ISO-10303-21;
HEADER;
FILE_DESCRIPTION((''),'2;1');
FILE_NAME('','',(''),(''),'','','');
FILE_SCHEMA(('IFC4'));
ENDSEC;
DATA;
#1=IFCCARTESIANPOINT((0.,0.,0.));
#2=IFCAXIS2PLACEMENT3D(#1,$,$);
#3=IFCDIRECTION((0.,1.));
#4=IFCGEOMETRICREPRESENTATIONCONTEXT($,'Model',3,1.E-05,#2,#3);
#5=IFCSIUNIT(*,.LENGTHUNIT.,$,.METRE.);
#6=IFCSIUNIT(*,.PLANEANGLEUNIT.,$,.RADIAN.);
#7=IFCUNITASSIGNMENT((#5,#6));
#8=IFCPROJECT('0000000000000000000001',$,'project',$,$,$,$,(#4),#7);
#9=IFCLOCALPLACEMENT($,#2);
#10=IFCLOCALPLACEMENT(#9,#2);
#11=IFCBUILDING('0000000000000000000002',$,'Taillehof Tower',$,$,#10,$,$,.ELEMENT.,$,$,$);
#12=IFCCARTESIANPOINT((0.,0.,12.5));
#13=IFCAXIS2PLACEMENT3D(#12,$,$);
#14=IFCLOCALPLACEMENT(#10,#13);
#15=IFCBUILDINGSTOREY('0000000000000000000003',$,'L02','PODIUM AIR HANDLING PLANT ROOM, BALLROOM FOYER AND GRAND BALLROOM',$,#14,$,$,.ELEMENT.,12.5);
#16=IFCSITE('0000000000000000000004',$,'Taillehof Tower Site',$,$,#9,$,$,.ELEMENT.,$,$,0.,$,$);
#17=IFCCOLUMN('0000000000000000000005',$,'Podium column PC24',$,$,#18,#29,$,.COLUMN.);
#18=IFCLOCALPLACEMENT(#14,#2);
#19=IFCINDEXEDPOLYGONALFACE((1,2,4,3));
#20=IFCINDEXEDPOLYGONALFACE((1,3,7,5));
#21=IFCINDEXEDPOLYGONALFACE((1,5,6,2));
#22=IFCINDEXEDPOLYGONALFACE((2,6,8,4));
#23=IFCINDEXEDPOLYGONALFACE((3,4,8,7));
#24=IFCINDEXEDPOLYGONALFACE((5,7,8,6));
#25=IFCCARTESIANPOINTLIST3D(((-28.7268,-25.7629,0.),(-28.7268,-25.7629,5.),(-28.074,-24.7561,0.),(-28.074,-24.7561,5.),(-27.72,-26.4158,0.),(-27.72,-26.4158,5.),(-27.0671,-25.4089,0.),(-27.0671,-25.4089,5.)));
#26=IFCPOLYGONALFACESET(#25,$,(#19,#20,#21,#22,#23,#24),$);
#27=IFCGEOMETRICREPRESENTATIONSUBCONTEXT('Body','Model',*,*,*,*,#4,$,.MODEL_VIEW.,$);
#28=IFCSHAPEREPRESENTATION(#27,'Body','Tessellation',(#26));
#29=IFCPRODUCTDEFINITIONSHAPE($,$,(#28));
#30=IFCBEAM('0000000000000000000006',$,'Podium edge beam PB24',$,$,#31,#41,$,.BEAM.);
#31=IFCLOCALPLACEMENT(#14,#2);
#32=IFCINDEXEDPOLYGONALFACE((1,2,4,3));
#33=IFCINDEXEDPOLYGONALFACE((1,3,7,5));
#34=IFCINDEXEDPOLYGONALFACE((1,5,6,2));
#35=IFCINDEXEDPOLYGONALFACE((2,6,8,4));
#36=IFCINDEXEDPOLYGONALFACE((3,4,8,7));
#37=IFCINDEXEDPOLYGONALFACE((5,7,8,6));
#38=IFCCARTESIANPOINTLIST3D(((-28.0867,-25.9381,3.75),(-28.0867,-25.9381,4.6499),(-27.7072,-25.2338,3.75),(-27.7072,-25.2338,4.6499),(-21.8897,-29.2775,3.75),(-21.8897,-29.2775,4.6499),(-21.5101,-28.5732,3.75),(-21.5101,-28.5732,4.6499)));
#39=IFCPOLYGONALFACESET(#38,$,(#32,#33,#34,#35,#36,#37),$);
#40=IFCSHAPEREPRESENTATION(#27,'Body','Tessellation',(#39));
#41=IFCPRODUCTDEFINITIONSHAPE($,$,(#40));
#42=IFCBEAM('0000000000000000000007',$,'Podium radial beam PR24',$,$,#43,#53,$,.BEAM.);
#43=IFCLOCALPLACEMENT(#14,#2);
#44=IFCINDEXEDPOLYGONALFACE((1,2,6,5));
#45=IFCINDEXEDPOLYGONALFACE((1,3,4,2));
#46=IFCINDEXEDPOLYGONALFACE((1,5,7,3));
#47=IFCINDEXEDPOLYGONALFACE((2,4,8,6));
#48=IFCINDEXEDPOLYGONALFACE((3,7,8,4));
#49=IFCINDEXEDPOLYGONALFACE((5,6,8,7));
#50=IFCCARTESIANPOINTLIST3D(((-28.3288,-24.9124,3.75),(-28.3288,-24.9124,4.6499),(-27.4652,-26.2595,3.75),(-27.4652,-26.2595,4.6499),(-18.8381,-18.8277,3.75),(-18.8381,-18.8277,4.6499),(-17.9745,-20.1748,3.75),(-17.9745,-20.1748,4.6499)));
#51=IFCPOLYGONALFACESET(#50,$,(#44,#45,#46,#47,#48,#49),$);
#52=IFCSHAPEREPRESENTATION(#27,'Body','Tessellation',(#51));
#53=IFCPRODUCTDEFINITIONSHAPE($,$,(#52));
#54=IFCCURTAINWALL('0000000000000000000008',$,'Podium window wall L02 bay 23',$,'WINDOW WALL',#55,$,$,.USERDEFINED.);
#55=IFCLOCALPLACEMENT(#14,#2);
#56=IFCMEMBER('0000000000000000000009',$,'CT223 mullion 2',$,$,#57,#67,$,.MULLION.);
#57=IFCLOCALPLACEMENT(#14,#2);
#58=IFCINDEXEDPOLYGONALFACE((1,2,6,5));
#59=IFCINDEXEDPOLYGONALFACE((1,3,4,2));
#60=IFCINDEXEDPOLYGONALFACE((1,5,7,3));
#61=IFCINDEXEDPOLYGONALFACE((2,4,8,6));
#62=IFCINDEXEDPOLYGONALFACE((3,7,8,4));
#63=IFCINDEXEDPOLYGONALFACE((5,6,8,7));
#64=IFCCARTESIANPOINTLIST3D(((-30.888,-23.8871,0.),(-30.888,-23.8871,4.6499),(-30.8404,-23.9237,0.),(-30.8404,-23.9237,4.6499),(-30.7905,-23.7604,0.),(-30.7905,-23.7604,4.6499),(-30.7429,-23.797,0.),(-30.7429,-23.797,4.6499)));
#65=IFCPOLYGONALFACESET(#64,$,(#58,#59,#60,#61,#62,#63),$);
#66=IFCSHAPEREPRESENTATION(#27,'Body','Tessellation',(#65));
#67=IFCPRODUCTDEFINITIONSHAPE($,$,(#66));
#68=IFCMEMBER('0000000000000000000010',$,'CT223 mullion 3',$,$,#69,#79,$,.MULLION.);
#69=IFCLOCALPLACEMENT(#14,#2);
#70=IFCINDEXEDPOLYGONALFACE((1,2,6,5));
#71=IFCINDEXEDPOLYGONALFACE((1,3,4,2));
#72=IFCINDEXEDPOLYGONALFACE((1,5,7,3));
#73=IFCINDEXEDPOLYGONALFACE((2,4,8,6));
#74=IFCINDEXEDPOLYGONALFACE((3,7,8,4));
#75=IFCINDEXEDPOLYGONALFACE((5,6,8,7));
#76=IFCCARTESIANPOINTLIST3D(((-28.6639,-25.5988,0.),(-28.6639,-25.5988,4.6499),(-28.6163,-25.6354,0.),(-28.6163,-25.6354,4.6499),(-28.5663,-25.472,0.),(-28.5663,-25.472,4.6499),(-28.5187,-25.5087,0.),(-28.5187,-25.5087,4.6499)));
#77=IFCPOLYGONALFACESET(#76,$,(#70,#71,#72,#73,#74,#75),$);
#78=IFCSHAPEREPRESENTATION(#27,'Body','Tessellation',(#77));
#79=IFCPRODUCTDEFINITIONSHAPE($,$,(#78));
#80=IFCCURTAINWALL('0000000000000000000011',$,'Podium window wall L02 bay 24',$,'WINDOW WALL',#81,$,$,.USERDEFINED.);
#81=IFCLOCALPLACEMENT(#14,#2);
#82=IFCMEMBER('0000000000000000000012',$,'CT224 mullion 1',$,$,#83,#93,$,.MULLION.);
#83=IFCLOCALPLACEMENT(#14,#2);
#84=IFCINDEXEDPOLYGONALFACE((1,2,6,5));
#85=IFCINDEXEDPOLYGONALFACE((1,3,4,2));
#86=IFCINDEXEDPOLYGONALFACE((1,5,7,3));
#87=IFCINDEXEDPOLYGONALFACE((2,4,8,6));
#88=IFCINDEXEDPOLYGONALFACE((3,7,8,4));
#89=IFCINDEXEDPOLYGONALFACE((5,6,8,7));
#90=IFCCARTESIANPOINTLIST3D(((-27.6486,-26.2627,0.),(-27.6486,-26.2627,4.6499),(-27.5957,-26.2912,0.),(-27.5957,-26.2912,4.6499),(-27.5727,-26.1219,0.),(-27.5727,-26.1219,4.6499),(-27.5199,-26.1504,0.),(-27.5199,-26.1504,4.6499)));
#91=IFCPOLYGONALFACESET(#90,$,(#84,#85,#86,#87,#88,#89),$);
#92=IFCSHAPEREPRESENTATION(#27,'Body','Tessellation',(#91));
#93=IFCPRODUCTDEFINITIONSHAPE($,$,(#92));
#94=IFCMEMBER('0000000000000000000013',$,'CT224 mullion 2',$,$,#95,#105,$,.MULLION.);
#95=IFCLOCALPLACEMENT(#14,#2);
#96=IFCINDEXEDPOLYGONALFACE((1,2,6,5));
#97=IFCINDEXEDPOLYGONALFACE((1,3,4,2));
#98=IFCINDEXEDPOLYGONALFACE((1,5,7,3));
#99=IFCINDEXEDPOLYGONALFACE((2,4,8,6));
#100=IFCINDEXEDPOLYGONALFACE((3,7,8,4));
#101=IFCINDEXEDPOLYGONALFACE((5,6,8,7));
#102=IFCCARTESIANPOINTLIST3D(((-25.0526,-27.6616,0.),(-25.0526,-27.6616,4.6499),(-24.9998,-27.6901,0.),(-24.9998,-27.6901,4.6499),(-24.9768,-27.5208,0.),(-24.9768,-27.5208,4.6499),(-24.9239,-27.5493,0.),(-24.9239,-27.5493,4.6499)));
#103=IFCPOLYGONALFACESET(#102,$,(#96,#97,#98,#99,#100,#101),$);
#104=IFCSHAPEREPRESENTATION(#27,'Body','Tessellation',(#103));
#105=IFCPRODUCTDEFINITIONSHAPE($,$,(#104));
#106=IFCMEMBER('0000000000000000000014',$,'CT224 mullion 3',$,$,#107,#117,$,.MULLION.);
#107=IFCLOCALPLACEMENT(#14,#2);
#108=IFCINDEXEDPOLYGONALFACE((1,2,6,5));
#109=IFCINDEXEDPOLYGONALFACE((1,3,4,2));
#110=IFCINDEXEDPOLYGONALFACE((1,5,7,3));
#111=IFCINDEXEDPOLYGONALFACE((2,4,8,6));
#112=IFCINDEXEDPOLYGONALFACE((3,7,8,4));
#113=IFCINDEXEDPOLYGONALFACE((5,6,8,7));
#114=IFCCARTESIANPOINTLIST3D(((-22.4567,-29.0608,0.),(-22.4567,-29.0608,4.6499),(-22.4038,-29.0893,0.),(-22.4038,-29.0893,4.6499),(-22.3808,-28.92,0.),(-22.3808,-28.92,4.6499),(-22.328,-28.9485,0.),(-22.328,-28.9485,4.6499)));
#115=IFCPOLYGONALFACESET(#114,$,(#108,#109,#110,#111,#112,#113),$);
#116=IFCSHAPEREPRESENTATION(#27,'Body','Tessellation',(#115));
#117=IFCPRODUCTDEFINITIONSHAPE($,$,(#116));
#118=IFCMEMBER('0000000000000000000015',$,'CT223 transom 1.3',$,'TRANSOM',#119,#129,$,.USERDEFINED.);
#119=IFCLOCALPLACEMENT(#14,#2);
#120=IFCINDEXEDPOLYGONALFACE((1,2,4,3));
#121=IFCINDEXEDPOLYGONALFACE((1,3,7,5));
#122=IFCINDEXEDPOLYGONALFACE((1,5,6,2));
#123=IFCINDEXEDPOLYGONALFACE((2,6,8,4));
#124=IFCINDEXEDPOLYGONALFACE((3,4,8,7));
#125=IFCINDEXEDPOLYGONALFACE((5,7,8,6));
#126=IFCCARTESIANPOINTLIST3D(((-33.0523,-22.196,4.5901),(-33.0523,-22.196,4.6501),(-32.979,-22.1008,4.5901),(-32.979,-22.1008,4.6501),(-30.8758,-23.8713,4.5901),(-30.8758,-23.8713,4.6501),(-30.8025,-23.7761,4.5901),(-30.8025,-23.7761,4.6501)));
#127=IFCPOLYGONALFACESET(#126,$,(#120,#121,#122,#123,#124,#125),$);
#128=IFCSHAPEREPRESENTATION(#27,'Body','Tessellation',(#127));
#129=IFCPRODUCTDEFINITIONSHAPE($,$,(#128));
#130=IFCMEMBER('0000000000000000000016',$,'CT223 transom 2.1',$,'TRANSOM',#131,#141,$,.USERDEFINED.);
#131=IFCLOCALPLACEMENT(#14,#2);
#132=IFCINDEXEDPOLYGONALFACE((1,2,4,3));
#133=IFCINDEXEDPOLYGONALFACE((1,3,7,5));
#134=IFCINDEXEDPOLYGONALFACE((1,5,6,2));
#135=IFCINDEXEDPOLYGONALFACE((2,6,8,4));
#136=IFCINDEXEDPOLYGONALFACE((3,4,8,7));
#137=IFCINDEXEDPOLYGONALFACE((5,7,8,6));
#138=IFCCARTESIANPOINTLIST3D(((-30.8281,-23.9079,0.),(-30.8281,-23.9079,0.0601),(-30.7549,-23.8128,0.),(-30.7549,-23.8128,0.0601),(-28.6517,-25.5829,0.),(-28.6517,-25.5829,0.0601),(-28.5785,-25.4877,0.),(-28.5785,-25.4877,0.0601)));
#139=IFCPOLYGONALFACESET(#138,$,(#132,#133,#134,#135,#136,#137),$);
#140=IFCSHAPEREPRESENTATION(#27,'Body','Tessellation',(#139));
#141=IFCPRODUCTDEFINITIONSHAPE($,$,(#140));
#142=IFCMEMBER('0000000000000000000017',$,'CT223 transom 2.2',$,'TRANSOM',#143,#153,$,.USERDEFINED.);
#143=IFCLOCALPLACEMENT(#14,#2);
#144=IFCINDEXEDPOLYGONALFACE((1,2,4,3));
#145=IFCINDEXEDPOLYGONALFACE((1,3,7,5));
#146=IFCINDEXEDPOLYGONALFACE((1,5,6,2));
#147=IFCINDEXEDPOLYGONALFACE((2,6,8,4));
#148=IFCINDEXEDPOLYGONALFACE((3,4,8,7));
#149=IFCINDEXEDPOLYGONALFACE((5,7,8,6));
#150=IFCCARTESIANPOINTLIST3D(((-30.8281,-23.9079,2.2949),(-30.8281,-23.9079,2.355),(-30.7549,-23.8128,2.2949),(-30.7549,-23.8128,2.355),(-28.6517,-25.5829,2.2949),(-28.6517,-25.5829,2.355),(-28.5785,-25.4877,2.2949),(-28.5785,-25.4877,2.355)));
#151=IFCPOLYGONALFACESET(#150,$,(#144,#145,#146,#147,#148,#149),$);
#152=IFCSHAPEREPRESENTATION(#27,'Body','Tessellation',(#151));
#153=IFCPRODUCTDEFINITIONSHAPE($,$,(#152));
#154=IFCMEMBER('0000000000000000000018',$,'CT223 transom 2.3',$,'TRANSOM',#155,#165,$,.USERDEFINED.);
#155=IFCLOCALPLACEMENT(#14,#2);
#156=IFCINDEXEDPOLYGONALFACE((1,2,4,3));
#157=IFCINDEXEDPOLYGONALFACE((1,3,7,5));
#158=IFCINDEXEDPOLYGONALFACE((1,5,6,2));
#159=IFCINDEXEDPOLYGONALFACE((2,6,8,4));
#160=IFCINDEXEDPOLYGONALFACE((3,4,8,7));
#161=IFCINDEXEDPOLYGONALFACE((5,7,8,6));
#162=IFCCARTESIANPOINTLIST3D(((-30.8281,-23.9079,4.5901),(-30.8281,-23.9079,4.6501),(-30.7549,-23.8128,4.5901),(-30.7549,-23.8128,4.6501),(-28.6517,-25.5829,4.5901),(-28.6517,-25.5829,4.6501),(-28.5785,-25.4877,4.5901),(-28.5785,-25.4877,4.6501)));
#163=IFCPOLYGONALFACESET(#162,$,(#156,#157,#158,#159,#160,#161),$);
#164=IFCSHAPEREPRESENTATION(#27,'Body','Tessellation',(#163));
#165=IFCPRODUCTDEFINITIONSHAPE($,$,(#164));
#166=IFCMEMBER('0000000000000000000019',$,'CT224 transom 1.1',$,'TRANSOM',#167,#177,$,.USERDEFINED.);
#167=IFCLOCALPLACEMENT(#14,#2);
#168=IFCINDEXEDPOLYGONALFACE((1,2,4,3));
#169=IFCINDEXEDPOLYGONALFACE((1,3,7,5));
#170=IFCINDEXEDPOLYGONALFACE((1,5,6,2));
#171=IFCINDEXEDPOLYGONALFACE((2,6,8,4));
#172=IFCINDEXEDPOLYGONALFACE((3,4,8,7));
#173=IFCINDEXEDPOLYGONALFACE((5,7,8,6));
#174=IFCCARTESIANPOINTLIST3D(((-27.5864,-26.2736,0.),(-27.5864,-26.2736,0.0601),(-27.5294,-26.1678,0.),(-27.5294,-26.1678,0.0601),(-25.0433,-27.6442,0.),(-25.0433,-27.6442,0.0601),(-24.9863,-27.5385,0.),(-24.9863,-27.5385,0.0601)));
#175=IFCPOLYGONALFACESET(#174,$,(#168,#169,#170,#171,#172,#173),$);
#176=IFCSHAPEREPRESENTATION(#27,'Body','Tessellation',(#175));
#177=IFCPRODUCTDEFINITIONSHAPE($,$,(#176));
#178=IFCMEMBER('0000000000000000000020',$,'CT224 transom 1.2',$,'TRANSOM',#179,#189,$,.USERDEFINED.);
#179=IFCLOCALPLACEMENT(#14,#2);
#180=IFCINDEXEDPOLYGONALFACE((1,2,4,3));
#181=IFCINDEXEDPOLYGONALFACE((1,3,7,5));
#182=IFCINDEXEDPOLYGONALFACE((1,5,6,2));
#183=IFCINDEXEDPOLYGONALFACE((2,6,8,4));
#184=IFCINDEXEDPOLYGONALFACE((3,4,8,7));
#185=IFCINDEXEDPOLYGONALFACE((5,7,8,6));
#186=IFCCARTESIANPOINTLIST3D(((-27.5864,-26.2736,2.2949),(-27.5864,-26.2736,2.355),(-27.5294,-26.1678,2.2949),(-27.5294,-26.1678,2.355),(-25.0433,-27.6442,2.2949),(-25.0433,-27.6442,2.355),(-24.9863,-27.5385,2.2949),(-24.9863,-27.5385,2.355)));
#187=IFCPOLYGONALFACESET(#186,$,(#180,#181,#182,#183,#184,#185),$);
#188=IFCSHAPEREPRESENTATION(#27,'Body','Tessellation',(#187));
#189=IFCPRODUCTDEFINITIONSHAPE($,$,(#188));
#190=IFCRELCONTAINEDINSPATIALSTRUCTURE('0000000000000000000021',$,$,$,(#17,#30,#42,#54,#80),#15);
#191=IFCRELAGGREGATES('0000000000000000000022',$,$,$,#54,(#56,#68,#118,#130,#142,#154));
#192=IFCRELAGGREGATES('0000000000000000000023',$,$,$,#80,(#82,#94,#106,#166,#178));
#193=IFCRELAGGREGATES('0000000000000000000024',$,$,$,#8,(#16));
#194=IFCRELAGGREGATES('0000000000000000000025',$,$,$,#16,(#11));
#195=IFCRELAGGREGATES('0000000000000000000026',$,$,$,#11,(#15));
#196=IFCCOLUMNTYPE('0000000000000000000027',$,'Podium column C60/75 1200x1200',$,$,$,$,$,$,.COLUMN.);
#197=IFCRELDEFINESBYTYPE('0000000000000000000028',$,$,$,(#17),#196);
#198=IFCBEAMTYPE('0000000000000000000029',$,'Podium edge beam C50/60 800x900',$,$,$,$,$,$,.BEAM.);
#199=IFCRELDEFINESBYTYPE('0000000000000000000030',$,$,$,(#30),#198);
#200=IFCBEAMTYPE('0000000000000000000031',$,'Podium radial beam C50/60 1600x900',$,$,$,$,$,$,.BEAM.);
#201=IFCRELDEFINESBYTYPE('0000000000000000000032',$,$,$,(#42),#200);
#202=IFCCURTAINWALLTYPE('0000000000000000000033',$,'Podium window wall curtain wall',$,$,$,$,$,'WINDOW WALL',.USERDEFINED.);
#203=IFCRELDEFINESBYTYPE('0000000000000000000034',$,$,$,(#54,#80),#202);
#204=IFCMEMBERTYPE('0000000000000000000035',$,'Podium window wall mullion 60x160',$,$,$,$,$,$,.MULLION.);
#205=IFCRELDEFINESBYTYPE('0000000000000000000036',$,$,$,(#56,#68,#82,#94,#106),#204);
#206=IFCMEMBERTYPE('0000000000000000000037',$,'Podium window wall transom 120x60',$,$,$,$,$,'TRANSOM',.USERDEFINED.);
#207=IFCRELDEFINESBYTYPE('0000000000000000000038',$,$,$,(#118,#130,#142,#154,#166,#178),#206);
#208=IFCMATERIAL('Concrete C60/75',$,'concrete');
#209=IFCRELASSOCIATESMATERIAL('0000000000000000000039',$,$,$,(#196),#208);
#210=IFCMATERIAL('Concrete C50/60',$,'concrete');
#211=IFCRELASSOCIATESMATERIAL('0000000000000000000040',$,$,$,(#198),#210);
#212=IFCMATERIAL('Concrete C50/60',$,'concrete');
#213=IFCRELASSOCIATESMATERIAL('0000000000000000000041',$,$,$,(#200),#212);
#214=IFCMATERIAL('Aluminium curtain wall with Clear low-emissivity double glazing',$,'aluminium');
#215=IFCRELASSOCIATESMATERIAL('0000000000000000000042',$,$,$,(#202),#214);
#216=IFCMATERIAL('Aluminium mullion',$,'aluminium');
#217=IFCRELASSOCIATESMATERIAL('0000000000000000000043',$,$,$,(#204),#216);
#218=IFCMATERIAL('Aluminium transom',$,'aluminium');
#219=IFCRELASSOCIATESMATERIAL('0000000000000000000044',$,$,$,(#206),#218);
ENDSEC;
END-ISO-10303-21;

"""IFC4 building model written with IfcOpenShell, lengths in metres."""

from ifc_helpers import new_model, si_unit, direction, frame, origin, origin_2d, place, context, subcontext, project, spatial, rectangle, extrude, material, material_profile, profile_set, type_object, element, aggregate, save


model = new_model("IFC4")

# Units and contexts
model_context = context("Model", 3, precision=1e-05, world=origin(), true_north=direction((0.0, 1.0)))
body_context = subcontext(model_context, "Body", "Model", "MODEL_VIEW")
ifc_project = project(units=[si_unit("LENGTHUNIT", "METRE"), si_unit("PLANEANGLEUNIT", "RADIAN")], contexts=[model_context])

# Site, building, storey
site_placement = place(None, origin())
site = spatial("IfcSite", under=ifc_project, at=site_placement, Name="Taillehof Tower Site", CompositionType="ELEMENT", RefElevation=0.0)
building_placement = place(site_placement, origin())
building = spatial("IfcBuilding", under=site, at=building_placement, Name="Taillehof Tower", CompositionType="ELEMENT")
storey_placement = place(building_placement, frame((0.0, 0.0, 12.5)))
storey = spatial("IfcBuildingStorey", under=building, at=storey_placement, Name="L02", Description="PODIUM AIR HANDLING PLANT ROOM, BALLROOM FOYER AND GRAND BALLROOM", CompositionType="ELEMENT", Elevation=12.5)

# Column
ifc_material_1 = material(Name="Concrete C60/75", Category="concrete")
ifc_material_profile_1 = material_profile(ifc_material_1, rectangle(XDim=1.2, YDim=1.2, at=origin_2d()), Name="RC 1200x1200")
ifc_profile_set_1 = profile_set([ifc_material_profile_1], Name="Concrete C60/75")
column_type = type_object("IfcColumnType", Name="Podium column C60/75 1200x1200", PredefinedType="COLUMN", material=ifc_profile_set_1)
column_placement = place(storey_placement, frame((-27.897, -25.5859, 0.0), z_axis=(0.0, 0.0, 1.0), x_axis=(-0.544041, -0.839058, 0.0)))
element("IfcColumn", 1, at=column_placement, inside=storey, type_object=column_type, Name="Podium column PC24", PredefinedType="COLUMN", context=body_context, shape_type="SweptSolid", body=[
    extrude(rectangle(XDim=1.2, YDim=1.2, at=origin_2d()), origin(), (0.0, 0.0, 1.0), 5.0),
])

# Beams
ifc_material_2 = material(Name="Concrete C50/60", Category="concrete")
ifc_material_profile_2 = material_profile(ifc_material_2, rectangle(XDim=0.8, YDim=0.8999, at=origin_2d()), Name="RC 800x900")
ifc_profile_set_2 = profile_set([ifc_material_profile_2], Name="Concrete C50/60")
beam_type_1 = type_object("IfcBeamType", Name="Podium edge beam C50/60 800x900", PredefinedType="BEAM", material=ifc_profile_set_2)
beam_1_placement = place(storey_placement, frame((-27.897, -25.5859, 4.2), z_axis=(0.880323, -0.474375, 0.0), x_axis=(0.474375, 0.880323, 0.0)))
element("IfcBeam", 2, at=beam_1_placement, inside=storey, type_object=beam_type_1, Name="Podium edge beam PB24", PredefinedType="BEAM", context=body_context, shape_type="SweptSolid", body=[
    extrude(rectangle(XDim=0.8, YDim=0.8999, at=origin_2d()), origin(), (0.0, 0.0, 1.0), 7.0396),
])
ifc_material_3 = material(Name="Concrete C50/60", Category="concrete")
ifc_material_profile_3 = material_profile(ifc_material_3, rectangle(XDim=1.6001, YDim=0.8999, at=origin_2d()), Name="RC 1600x900")
ifc_profile_set_3 = profile_set([ifc_material_profile_3], Name="Concrete C50/60")
beam_type_2 = type_object("IfcBeamType", Name="Podium radial beam C50/60 1600x900", PredefinedType="BEAM", material=ifc_profile_set_3)
beam_2_placement = place(storey_placement, frame((-27.897, -25.5859, 4.2), z_axis=(0.841842, 0.539724, 0.0), x_axis=(-0.539724, 0.841842, 0.0)))
element("IfcBeam", 3, at=beam_2_placement, inside=storey, type_object=beam_type_2, Name="Podium radial beam PR24", PredefinedType="BEAM", context=body_context, shape_type="SweptSolid", body=[
    extrude(rectangle(XDim=1.6001, YDim=0.8999, at=origin_2d()), origin(), (0.0, 0.0, 1.0), 11.2737),
])

# Curtain walls, members
ifc_material_4 = material(Name="Aluminium curtain wall with Clear low-emissivity double glazing", Category="aluminium")
curtain_wall_type = type_object("IfcCurtainWallType", Name="Podium window wall curtain wall", ElementType="WINDOW WALL", PredefinedType="USERDEFINED", material=ifc_material_4)
curtain_wall_1_placement = place(storey_placement, origin())
curtain_wall_1 = element("IfcCurtainWall", 4, at=curtain_wall_1_placement, inside=storey, type_object=curtain_wall_type, Name="Podium window wall L02 bay 23", ObjectType="WINDOW WALL", PredefinedType="USERDEFINED")
ifc_material_5 = material(Name="Aluminium mullion", Category="aluminium")
ifc_material_profile_4 = material_profile(ifc_material_5, rectangle(XDim=0.1599, YDim=0.0601, at=origin_2d()), Name="AL 60x160")
ifc_profile_set_4 = profile_set([ifc_material_profile_4], Name="Aluminium mullion")
member_type_1 = type_object("IfcMemberType", Name="Podium window wall mullion 60x160", PredefinedType="MULLION", material=ifc_profile_set_4)
member_1_placement = place(storey_placement, frame((-30.8154, -23.842, 0.0), z_axis=(0.0, 0.0, 1.0), x_axis=(0.609932, 0.792454, 0.0)))
member_1 = element("IfcMember", 5, at=member_1_placement, type_object=member_type_1, Name="CT223 mullion 2", PredefinedType="MULLION", context=body_context, shape_type="SweptSolid", body=[
    extrude(rectangle(XDim=0.1599, YDim=0.0601, at=origin_2d()), origin(), (0.0, 0.0, 1.0), 4.6499),
])
member_2_placement = place(storey_placement, frame((-28.5913, -25.5537, 0.0), z_axis=(0.0, 0.0, 1.0), x_axis=(0.609932, 0.792454, 0.0)))
member_2 = element("IfcMember", 6, at=member_2_placement, type_object=member_type_1, Name="CT223 mullion 3", PredefinedType="MULLION", context=body_context, shape_type="SweptSolid", body=[
    extrude(rectangle(XDim=0.1599, YDim=0.0601, at=origin_2d()), origin(), (0.0, 0.0, 1.0), 4.6499),
])
curtain_wall_2_placement = place(storey_placement, origin())
curtain_wall_2 = element("IfcCurtainWall", 7, at=curtain_wall_2_placement, inside=storey, type_object=curtain_wall_type, Name="Podium window wall L02 bay 24", ObjectType="WINDOW WALL", PredefinedType="USERDEFINED")
member_3_placement = place(storey_placement, frame((-27.5842, -26.2065, 0.0), z_axis=(0.0, 0.0, 1.0), x_axis=(0.474415, 0.880301, 0.0)))
member_3 = element("IfcMember", 8, at=member_3_placement, type_object=member_type_1, Name="CT224 mullion 1", PredefinedType="MULLION", context=body_context, shape_type="SweptSolid", body=[
    extrude(rectangle(XDim=0.1599, YDim=0.0601, at=origin_2d()), origin(), (0.0, 0.0, 1.0), 4.6499),
])
member_4_placement = place(storey_placement, frame((-24.9883, -27.6055, 0.0), z_axis=(0.0, 0.0, 1.0), x_axis=(0.474415, 0.880301, 0.0)))
member_4 = element("IfcMember", 9, at=member_4_placement, type_object=member_type_1, Name="CT224 mullion 2", PredefinedType="MULLION", context=body_context, shape_type="SweptSolid", body=[
    extrude(rectangle(XDim=0.1599, YDim=0.0601, at=origin_2d()), origin(), (0.0, 0.0, 1.0), 4.6499),
])
member_5_placement = place(storey_placement, frame((-22.3923, -29.0046, 0.0), z_axis=(0.0, 0.0, 1.0), x_axis=(0.474415, 0.880301, 0.0)))
member_5 = element("IfcMember", 10, at=member_5_placement, type_object=member_type_1, Name="CT224 mullion 3", PredefinedType="MULLION", context=body_context, shape_type="SweptSolid", body=[
    extrude(rectangle(XDim=0.1599, YDim=0.0601, at=origin_2d()), origin(), (0.0, 0.0, 1.0), 4.6499),
])

# Members
ifc_material_6 = material(Name="Aluminium transom", Category="aluminium")
ifc_material_profile_5 = material_profile(ifc_material_6, rectangle(XDim=0.1201, YDim=0.0601, at=origin_2d()), Name="AL 120x60")
ifc_profile_set_5 = profile_set([ifc_material_profile_5], Name="Aluminium transom")
member_type_2 = type_object("IfcMemberType", Name="Podium window wall transom 120x60", ElementType="TRANSOM", PredefinedType="USERDEFINED", material=ifc_profile_set_5)
member_6_placement = place(storey_placement, frame((-33.0156, -22.1484, 4.6201), z_axis=(0.792439, -0.609951, 0.0), x_axis=(0.609951, 0.792439, 0.0)))
member_6 = element("IfcMember", 11, at=member_6_placement, type_object=member_type_2, Name="CT223 transom 1.3", ObjectType="TRANSOM", PredefinedType="USERDEFINED", context=body_context, shape_type="SweptSolid", body=[
    extrude(rectangle(XDim=0.1201, YDim=0.0601, at=origin_2d()), origin(), (0.0, 0.0, 1.0), 2.7466),
])
member_7_placement = place(storey_placement, frame((-30.7915, -23.8604, 0.03), z_axis=(0.792482, -0.609895, 0.0), x_axis=(0.609895, 0.792482, 0.0)))
member_7 = element("IfcMember", 12, at=member_7_placement, type_object=member_type_2, Name="CT223 transom 2.1", ObjectType="TRANSOM", PredefinedType="USERDEFINED", context=body_context, shape_type="SweptSolid", body=[
    extrude(rectangle(XDim=0.1201, YDim=0.0601, at=origin_2d()), origin(), (0.0, 0.0, 1.0), 2.7463),
])
member_8_placement = place(storey_placement, frame((-30.7915, -23.8604, 2.325), z_axis=(0.792482, -0.609895, 0.0), x_axis=(0.609895, 0.792482, 0.0)))
member_8 = element("IfcMember", 13, at=member_8_placement, type_object=member_type_2, Name="CT223 transom 2.2", ObjectType="TRANSOM", PredefinedType="USERDEFINED", context=body_context, shape_type="SweptSolid", body=[
    extrude(rectangle(XDim=0.1201, YDim=0.0601, at=origin_2d()), origin(), (0.0, 0.0, 1.0), 2.7463),
])
member_9_placement = place(storey_placement, frame((-30.7915, -23.8604, 4.6201), z_axis=(0.792482, -0.609895, 0.0), x_axis=(0.609895, 0.792482, 0.0)))
member_9 = element("IfcMember", 14, at=member_9_placement, type_object=member_type_2, Name="CT223 transom 2.3", ObjectType="TRANSOM", PredefinedType="USERDEFINED", context=body_context, shape_type="SweptSolid", body=[
    extrude(rectangle(XDim=0.1201, YDim=0.0601, at=origin_2d()), origin(), (0.0, 0.0, 1.0), 2.7463),
])
member_10_placement = place(storey_placement, frame((-27.5579, -26.2207, 0.03), z_axis=(0.880281, -0.474453, 0.0), x_axis=(0.474453, 0.880281, 0.0)))
member_10 = element("IfcMember", 15, at=member_10_placement, type_object=member_type_2, Name="CT224 transom 1.1", ObjectType="TRANSOM", PredefinedType="USERDEFINED", context=body_context, shape_type="SweptSolid", body=[
    extrude(rectangle(XDim=0.1201, YDim=0.0601, at=origin_2d()), origin(), (0.0, 0.0, 1.0), 2.8889),
])
member_11_placement = place(storey_placement, frame((-27.5579, -26.2207, 2.325), z_axis=(0.880281, -0.474453, 0.0), x_axis=(0.474453, 0.880281, 0.0)))
member_11 = element("IfcMember", 16, at=member_11_placement, type_object=member_type_2, Name="CT224 transom 1.2", ObjectType="TRANSOM", PredefinedType="USERDEFINED", context=body_context, shape_type="SweptSolid", body=[
    extrude(rectangle(XDim=0.1201, YDim=0.0601, at=origin_2d()), origin(), (0.0, 0.0, 1.0), 2.8889),
])

aggregate(curtain_wall_1, [member_1, member_2, member_6, member_7, member_8, member_9])
aggregate(curtain_wall_2, [member_3, member_4, member_5, member_10, member_11])

save(model, "model.ifc")
